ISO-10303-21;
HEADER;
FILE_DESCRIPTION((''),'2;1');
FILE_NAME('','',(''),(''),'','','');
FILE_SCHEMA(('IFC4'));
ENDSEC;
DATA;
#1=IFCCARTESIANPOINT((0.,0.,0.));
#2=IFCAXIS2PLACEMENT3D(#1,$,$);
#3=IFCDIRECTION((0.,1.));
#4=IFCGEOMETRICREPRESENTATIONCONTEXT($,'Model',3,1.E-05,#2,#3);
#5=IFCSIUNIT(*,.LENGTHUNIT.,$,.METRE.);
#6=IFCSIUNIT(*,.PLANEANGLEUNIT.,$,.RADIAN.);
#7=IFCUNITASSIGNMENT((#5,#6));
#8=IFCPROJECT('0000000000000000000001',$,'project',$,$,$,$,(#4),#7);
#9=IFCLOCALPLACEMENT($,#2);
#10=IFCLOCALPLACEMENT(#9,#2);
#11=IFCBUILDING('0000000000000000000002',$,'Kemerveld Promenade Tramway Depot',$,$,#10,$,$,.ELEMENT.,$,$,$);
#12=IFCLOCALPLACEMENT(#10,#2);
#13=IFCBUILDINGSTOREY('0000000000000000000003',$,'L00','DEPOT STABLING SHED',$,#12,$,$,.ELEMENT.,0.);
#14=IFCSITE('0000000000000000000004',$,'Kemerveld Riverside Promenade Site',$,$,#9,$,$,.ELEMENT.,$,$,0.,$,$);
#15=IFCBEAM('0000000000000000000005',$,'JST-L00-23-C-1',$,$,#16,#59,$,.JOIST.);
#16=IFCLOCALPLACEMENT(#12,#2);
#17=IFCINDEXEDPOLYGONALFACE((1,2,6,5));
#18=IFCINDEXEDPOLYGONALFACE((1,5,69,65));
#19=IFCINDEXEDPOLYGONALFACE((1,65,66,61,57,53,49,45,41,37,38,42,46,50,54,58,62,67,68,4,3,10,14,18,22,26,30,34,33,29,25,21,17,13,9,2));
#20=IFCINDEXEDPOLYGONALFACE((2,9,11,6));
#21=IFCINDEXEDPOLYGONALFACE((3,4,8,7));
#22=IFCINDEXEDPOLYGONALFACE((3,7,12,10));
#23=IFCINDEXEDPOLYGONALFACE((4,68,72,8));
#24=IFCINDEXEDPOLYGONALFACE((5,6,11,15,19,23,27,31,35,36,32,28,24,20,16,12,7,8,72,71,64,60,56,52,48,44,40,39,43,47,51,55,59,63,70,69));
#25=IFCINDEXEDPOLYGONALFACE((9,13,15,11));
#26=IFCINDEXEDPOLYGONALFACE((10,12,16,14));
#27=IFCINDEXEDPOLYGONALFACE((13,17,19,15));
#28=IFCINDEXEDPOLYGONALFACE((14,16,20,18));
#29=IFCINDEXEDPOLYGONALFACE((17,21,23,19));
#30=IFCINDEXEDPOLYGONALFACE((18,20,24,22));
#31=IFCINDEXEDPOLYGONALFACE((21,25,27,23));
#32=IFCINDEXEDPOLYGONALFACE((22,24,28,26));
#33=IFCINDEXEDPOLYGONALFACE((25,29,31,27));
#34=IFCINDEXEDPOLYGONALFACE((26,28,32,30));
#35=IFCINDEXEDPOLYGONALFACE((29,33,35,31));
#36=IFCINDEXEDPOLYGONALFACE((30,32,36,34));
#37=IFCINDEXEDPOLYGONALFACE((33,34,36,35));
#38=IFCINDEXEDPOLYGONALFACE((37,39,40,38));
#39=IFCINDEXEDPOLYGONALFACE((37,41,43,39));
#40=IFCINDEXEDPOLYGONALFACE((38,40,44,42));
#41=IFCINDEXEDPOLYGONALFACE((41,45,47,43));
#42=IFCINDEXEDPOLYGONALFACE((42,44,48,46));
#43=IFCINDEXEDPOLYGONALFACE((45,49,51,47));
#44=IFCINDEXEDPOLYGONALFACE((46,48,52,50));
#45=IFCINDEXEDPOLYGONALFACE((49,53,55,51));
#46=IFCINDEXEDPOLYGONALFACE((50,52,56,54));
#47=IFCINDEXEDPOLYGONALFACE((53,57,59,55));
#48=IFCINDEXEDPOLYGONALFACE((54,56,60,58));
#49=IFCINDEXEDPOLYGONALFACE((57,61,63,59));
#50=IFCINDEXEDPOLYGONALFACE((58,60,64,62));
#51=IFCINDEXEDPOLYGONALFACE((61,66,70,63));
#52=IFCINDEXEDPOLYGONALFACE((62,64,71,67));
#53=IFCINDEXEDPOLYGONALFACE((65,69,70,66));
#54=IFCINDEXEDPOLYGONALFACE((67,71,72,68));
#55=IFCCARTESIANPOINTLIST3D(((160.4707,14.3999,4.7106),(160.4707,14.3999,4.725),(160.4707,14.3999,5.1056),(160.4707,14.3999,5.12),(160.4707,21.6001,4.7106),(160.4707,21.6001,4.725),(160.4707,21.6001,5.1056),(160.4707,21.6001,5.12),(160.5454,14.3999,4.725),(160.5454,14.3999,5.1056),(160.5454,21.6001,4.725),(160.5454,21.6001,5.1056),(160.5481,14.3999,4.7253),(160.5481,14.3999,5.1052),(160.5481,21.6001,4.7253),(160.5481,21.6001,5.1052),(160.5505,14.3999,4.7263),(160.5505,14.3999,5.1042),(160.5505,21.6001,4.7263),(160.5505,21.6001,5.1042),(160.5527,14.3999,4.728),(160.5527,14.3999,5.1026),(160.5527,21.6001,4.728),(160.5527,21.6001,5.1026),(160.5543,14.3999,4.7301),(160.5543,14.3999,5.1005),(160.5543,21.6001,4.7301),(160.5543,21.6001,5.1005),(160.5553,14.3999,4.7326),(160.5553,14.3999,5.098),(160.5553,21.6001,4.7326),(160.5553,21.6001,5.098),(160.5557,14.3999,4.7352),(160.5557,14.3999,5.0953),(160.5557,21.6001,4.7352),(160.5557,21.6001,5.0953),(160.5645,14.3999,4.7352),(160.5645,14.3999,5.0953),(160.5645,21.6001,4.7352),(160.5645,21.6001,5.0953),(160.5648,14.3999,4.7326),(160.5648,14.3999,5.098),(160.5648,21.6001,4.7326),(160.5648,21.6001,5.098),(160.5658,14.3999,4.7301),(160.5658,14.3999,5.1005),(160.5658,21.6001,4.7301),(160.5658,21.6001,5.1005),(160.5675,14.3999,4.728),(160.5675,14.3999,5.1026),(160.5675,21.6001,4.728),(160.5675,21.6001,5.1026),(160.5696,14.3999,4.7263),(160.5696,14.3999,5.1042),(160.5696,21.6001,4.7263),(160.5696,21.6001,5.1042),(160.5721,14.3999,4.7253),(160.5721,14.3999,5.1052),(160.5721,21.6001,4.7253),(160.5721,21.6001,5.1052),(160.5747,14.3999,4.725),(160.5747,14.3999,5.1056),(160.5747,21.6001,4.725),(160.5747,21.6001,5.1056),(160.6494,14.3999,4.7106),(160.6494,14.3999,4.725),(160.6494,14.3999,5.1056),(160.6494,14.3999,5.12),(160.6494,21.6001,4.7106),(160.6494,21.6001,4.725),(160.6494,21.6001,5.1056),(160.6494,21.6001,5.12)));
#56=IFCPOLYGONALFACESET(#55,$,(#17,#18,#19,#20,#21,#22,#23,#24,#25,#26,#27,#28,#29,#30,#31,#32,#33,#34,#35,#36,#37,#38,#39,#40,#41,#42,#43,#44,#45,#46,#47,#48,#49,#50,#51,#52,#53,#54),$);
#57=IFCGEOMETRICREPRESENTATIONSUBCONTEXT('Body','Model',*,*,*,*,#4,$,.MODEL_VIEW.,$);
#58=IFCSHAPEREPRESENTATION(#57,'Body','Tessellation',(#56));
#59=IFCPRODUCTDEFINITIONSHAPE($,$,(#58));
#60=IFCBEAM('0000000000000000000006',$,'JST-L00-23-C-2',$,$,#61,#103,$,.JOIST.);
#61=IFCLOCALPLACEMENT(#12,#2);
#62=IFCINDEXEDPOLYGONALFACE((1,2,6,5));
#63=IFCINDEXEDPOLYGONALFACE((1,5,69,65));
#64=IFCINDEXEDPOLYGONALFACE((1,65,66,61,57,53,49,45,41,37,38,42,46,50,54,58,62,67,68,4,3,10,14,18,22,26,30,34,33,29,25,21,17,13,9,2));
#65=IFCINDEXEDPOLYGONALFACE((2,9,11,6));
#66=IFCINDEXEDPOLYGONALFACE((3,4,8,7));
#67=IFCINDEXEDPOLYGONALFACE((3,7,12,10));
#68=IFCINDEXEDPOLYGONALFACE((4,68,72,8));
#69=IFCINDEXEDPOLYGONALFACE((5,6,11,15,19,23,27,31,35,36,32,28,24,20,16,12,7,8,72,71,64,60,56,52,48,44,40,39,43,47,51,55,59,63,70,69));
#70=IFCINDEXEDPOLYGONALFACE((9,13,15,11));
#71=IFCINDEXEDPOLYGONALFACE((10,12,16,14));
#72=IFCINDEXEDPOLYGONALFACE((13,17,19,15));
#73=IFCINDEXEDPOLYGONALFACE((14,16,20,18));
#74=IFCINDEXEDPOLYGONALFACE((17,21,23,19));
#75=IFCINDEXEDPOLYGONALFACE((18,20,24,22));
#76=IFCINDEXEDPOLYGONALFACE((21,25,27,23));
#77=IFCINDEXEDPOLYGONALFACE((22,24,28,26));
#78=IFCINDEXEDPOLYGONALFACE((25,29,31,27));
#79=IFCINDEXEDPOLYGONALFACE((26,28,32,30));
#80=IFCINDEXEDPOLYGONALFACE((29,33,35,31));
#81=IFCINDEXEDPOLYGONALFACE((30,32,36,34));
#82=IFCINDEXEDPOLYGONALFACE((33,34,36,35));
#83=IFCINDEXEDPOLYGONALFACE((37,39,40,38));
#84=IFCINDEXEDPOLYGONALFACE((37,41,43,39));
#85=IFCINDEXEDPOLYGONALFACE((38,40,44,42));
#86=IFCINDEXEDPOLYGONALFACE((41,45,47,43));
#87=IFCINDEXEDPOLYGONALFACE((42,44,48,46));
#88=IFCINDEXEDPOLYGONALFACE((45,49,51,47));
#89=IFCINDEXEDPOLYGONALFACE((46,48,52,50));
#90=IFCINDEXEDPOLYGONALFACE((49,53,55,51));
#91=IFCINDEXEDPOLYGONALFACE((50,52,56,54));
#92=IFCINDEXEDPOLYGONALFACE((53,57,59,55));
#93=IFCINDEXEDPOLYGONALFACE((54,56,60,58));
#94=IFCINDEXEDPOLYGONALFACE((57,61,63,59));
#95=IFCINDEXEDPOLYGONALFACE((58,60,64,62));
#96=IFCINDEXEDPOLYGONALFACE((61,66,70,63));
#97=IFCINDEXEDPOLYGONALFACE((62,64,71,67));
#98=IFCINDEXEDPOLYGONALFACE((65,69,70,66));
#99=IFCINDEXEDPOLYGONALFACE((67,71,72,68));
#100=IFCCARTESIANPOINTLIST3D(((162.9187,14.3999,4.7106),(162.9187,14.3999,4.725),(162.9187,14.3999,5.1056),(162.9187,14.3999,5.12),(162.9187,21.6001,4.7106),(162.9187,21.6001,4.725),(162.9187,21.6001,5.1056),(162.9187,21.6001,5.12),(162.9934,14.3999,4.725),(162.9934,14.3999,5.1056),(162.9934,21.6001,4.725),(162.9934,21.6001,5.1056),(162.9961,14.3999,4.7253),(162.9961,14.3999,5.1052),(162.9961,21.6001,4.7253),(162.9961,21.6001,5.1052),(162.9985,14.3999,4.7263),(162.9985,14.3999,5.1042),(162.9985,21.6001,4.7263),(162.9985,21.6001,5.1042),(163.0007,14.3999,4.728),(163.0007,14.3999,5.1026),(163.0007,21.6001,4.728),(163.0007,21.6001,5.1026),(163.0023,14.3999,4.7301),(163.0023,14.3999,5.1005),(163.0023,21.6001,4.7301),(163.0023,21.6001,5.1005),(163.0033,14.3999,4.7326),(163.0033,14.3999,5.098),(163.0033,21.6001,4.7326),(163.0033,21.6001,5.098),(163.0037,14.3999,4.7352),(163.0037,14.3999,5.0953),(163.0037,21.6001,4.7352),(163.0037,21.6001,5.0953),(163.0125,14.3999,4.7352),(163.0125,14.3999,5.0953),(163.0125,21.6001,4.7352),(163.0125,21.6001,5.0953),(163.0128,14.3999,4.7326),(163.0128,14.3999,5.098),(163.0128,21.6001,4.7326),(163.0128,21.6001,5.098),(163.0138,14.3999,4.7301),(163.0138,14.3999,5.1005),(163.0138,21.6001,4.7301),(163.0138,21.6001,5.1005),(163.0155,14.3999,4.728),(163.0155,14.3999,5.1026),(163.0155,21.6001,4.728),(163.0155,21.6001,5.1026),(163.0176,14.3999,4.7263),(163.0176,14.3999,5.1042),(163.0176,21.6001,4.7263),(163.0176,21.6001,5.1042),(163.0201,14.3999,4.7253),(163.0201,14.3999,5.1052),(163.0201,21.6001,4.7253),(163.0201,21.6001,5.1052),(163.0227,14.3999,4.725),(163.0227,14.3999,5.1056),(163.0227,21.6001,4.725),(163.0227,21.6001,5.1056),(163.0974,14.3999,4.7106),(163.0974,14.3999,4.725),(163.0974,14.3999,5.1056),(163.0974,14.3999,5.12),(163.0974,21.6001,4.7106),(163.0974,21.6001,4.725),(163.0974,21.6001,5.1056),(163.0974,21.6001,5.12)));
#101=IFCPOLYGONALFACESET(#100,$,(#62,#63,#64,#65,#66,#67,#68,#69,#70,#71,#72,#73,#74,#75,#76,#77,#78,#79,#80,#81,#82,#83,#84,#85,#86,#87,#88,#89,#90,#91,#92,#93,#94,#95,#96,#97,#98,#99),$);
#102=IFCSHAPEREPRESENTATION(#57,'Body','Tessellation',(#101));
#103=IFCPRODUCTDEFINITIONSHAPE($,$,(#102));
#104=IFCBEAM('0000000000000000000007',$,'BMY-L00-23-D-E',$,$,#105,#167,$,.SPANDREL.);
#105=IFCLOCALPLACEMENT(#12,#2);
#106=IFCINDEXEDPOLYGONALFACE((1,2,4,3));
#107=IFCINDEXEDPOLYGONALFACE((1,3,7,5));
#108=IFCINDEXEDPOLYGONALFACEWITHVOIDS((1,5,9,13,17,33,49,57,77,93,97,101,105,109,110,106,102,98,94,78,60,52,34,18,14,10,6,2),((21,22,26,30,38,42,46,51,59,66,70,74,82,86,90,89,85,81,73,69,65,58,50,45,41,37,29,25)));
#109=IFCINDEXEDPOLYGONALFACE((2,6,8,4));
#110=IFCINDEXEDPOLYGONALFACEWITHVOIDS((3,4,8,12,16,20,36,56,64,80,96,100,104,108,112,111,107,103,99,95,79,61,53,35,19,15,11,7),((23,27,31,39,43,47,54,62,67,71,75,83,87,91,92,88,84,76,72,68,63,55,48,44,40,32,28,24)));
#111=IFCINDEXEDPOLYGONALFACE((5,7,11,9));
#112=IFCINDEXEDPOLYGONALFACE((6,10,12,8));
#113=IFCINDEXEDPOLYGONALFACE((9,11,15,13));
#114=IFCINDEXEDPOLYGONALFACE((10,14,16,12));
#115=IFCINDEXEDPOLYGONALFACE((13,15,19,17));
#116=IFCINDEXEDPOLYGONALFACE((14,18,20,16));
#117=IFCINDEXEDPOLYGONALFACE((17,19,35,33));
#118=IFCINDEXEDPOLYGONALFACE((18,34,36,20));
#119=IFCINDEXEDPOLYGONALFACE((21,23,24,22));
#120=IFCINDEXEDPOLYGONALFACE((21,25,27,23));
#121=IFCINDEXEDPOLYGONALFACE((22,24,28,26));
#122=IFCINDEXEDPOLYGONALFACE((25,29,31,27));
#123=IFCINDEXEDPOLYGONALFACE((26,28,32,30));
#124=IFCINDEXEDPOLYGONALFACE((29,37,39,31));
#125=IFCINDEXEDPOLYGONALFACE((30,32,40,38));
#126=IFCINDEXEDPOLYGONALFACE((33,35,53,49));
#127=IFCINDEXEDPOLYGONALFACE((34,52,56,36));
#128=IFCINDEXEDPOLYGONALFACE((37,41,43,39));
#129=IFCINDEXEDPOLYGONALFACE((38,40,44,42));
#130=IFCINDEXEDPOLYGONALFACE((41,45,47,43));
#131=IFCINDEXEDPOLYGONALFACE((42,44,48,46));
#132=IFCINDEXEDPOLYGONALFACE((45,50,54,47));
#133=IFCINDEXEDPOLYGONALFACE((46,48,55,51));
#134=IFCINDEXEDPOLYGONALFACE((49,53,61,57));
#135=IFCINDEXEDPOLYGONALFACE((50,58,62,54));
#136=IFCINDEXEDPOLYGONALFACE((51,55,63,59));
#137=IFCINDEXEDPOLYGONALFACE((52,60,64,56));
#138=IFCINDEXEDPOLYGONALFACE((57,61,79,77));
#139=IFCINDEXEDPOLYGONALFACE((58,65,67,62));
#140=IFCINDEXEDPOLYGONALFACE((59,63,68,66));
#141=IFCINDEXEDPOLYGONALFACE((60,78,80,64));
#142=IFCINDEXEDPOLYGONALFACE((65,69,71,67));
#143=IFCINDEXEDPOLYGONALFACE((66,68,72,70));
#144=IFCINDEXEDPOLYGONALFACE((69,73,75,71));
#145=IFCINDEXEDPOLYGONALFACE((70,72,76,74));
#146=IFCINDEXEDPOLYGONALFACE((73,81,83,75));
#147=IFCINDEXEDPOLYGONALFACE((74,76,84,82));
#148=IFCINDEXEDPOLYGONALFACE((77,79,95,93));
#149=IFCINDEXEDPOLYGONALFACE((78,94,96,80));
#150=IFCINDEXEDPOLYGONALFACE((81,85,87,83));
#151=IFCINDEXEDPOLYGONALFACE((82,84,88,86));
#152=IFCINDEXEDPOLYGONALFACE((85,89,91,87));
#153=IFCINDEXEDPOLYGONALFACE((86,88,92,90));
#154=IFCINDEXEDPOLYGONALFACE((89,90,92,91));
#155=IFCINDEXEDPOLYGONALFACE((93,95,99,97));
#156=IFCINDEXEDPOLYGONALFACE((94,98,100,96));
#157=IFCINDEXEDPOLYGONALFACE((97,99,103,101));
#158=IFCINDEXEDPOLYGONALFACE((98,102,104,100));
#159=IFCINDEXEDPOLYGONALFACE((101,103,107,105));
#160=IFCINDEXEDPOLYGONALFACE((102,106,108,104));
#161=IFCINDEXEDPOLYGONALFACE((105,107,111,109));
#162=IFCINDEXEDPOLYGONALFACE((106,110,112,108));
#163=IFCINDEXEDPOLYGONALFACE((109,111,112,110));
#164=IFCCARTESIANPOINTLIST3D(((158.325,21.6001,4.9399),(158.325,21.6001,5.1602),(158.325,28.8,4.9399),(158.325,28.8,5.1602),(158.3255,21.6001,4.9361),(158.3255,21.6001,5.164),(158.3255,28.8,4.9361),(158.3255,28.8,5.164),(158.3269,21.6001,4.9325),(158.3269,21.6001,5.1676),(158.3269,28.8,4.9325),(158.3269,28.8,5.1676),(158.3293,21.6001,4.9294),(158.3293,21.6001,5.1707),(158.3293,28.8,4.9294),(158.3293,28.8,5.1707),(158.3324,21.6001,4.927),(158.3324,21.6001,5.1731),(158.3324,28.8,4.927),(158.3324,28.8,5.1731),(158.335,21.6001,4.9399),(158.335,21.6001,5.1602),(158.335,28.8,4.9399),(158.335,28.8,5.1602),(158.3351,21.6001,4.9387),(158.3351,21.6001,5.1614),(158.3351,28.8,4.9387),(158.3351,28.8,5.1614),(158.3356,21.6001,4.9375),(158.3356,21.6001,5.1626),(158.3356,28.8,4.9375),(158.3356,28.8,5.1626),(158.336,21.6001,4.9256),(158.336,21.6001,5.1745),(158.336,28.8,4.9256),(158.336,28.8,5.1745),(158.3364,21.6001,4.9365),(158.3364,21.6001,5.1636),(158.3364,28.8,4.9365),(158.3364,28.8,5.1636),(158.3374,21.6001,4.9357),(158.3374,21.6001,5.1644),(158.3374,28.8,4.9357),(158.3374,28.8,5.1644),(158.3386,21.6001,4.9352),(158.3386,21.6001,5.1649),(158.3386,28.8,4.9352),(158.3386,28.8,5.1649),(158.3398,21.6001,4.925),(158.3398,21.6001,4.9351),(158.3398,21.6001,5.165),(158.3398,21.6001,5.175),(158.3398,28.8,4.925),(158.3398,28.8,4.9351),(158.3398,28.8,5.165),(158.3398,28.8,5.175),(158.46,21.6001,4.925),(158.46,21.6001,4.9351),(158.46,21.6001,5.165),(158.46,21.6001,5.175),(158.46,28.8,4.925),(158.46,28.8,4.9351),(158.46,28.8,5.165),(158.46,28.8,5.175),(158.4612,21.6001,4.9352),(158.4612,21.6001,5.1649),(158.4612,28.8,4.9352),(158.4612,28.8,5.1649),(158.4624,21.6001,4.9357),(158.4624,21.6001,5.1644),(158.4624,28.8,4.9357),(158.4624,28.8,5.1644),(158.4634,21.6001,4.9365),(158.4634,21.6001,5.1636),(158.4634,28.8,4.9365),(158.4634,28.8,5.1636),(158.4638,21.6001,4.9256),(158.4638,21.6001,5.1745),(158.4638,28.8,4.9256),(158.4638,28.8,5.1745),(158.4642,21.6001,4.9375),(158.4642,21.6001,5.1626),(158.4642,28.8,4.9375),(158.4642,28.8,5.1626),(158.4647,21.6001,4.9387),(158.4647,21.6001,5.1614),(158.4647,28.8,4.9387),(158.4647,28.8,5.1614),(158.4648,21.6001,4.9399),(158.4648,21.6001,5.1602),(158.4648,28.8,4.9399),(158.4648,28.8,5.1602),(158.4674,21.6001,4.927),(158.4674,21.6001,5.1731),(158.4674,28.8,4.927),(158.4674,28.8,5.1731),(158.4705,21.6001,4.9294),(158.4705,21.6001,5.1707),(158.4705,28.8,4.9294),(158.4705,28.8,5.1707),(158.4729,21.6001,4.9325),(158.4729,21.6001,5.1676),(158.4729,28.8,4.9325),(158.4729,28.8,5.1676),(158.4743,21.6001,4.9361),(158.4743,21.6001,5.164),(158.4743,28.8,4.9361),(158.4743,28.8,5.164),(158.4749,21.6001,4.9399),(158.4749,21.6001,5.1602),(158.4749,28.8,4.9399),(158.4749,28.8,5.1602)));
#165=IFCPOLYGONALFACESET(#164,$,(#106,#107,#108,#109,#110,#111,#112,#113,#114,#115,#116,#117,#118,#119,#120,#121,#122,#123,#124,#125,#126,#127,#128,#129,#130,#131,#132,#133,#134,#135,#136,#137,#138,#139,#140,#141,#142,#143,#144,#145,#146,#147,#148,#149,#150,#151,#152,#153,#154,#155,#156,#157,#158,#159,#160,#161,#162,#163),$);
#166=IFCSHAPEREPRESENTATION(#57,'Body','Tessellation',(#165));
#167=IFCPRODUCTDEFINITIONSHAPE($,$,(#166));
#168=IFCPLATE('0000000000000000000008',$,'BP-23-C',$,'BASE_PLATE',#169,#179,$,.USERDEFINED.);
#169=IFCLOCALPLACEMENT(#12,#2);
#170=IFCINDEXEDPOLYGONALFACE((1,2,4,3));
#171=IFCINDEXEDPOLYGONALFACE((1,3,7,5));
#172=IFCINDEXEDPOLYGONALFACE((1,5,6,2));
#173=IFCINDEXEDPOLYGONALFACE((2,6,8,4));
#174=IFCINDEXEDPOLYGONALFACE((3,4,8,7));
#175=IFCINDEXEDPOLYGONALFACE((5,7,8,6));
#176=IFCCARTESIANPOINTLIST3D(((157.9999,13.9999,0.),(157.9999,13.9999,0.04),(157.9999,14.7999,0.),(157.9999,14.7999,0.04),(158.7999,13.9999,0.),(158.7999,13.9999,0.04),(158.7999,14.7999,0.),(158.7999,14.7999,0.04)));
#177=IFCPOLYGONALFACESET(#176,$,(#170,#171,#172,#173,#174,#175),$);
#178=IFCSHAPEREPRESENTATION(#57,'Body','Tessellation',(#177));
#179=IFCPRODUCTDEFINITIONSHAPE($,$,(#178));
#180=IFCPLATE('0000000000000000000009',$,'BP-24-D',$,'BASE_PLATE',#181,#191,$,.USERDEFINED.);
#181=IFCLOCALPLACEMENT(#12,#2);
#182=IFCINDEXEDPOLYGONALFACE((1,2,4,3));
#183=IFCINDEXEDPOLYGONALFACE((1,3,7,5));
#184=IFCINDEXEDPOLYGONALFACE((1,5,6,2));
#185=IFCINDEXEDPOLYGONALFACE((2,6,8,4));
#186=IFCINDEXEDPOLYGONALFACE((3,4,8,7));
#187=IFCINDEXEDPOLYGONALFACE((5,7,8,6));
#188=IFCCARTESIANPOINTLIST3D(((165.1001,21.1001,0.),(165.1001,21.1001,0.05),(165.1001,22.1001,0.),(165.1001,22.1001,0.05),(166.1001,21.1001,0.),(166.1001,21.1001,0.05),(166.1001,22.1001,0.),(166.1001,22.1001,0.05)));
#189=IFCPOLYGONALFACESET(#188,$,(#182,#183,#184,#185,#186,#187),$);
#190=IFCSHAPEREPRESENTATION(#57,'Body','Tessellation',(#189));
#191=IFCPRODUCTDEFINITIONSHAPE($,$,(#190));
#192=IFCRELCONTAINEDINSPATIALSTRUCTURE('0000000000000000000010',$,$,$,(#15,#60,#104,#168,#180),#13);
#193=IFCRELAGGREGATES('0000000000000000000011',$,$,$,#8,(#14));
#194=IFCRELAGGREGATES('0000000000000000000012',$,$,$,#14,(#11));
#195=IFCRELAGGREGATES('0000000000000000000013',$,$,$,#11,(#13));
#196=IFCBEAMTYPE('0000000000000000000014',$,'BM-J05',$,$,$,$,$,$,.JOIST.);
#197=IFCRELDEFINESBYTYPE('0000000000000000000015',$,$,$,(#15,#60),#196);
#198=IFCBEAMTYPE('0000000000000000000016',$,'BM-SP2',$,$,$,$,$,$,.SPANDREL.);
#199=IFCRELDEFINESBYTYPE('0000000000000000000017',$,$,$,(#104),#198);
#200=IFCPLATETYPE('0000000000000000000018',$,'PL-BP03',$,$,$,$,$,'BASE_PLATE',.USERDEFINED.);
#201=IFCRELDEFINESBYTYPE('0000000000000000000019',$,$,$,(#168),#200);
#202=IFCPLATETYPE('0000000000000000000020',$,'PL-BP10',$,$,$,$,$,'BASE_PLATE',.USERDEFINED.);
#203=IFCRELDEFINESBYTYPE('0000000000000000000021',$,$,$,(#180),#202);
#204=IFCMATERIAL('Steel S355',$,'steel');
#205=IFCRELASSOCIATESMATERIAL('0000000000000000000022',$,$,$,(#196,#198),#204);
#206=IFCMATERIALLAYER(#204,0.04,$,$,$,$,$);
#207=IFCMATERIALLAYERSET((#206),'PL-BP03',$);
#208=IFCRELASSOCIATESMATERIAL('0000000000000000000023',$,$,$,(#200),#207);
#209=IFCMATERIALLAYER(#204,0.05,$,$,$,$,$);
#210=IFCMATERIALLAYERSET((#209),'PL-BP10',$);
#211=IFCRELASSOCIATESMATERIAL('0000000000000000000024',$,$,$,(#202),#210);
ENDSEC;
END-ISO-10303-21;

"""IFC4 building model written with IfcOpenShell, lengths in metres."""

from ifc_helpers import new_model, si_unit, direction, frame, origin, origin_2d, place, context, subcontext, project, spatial, rectangle, hollow_rectangle, i_section, extrude, material, layer, layer_set, material_profile, profile_set, type_object, element, save


model = new_model("IFC4")

# Units and contexts
model_context = context("Model", 3, precision=1e-05, world=origin(), true_north=direction((0.0, 1.0)))
body_context = subcontext(model_context, "Body", "Model", "MODEL_VIEW")
ifc_project = project(units=[si_unit("LENGTHUNIT", "METRE"), si_unit("PLANEANGLEUNIT", "RADIAN")], contexts=[model_context])

# Site, building, storey
site_placement = place(None, origin())
site = spatial("IfcSite", under=ifc_project, at=site_placement, Name="Kemerveld Riverside Promenade Site", CompositionType="ELEMENT", RefElevation=0.0)
building_placement = place(site_placement, origin())
building = spatial("IfcBuilding", under=site, at=building_placement, Name="Kemerveld Promenade Tramway Depot", CompositionType="ELEMENT")
storey_placement = place(building_placement, origin())
storey = spatial("IfcBuildingStorey", under=building, at=storey_placement, Name="L00", Description="DEPOT STABLING SHED", CompositionType="ELEMENT", Elevation=0.0)

# Shared definitions
ifc_material_1 = material(Name="Steel S355", Category="steel")

# Beams
ifc_material_profile_1 = material_profile(ifc_material_1, i_section(OverallWidth=0.1787, OverallDepth=0.4094, WebThickness=0.0088, FlangeThickness=0.0144, FilletRadius=0.0103, at=origin_2d()), Name="406x178x67 UB")
ifc_profile_set_1 = profile_set([ifc_material_profile_1], Name="Steel S355")
beam_type_1 = type_object("IfcBeamType", Name="BM-J05", PredefinedType="JOIST", material=ifc_profile_set_1)
for number, where, z_axis, x_axis, name in (
    (1, (160.5601, 14.3999, 4.9153), (0.0, 1.0, 0.0), (-1.0, 0.0, 0.0), "JST-L00-23-C-1"),
    (2, (163.0081, 14.3999, 4.9153), (0.0, 1.0, 0.0), (-1.0, 0.0, 0.0), "JST-L00-23-C-2"),
):
    element("IfcBeam", number, at=place(storey_placement, frame(where, z_axis=z_axis, x_axis=x_axis)), inside=storey, type_object=beam_type_1, Name=name, PredefinedType="JOIST", context=body_context, shape_type="SweptSolid", body=[
        extrude(i_section(OverallWidth=0.1787, OverallDepth=0.4094, WebThickness=0.0088, FlangeThickness=0.0144, FilletRadius=0.0103, at=origin_2d()), origin(), (0.0, 0.0, 1.0), 7.2002),
    ])
ifc_material_profile_2 = material_profile(ifc_material_1, hollow_rectangle(XDim=0.1499, YDim=0.25, WallThickness=0.01, InnerFilletRadius=0.0049, OuterFilletRadius=0.0149, at=origin_2d()), Name="250x150x10.0 RHS")
ifc_profile_set_2 = profile_set([ifc_material_profile_2], Name="Steel S355")
beam_type_2 = type_object("IfcBeamType", Name="BM-SP2", PredefinedType="SPANDREL", material=ifc_profile_set_2)
beam_1_placement = place(storey_placement, frame((158.3999, 21.6001, 5.05), z_axis=(0.0, 1.0, 0.0), x_axis=(-1.0, 0.0, 0.0)))
element("IfcBeam", 3, at=beam_1_placement, inside=storey, type_object=beam_type_2, Name="BMY-L00-23-D-E", PredefinedType="SPANDREL", context=body_context, shape_type="SweptSolid", body=[
    extrude(hollow_rectangle(XDim=0.1499, YDim=0.25, WallThickness=0.01, InnerFilletRadius=0.0049, OuterFilletRadius=0.0149, at=origin_2d()), origin(), (0.0, 0.0, 1.0), 7.2),
])

# Plates
ifc_layer_1 = layer(ifc_material_1, 0.04)
ifc_layer_set_1 = layer_set([ifc_layer_1], Name="PL-BP03")
plate_type_1 = type_object("IfcPlateType", Name="PL-BP03", ElementType="BASE_PLATE", PredefinedType="USERDEFINED", material=ifc_layer_set_1)
plate_1_placement = place(storey_placement, frame((158.3999, 14.3999, 0.0), z_axis=(0.0, 0.0, 1.0), x_axis=(1.0, 0.0, 0.0)))
element("IfcPlate", 4, at=plate_1_placement, inside=storey, type_object=plate_type_1, Name="BP-23-C", ObjectType="BASE_PLATE", PredefinedType="USERDEFINED", context=body_context, shape_type="SweptSolid", body=[
    extrude(rectangle(XDim=0.8, YDim=0.8, at=origin_2d()), origin(), (0.0, 0.0, 1.0), 0.04),
])
ifc_layer_2 = layer(ifc_material_1, 0.05)
ifc_layer_set_2 = layer_set([ifc_layer_2], Name="PL-BP10")
plate_type_2 = type_object("IfcPlateType", Name="PL-BP10", ElementType="BASE_PLATE", PredefinedType="USERDEFINED", material=ifc_layer_set_2)
plate_2_placement = place(storey_placement, frame((165.6001, 21.6001, 0.0), z_axis=(0.0, 0.0, 1.0), x_axis=(1.0, 0.0, 0.0)))
element("IfcPlate", 5, at=plate_2_placement, inside=storey, type_object=plate_type_2, Name="BP-24-D", ObjectType="BASE_PLATE", PredefinedType="USERDEFINED", context=body_context, shape_type="SweptSolid", body=[
    extrude(rectangle(XDim=1.0, YDim=1.0, at=origin_2d()), origin(), (0.0, 0.0, 1.0), 0.05),
])

save(model, "model.ifc")
